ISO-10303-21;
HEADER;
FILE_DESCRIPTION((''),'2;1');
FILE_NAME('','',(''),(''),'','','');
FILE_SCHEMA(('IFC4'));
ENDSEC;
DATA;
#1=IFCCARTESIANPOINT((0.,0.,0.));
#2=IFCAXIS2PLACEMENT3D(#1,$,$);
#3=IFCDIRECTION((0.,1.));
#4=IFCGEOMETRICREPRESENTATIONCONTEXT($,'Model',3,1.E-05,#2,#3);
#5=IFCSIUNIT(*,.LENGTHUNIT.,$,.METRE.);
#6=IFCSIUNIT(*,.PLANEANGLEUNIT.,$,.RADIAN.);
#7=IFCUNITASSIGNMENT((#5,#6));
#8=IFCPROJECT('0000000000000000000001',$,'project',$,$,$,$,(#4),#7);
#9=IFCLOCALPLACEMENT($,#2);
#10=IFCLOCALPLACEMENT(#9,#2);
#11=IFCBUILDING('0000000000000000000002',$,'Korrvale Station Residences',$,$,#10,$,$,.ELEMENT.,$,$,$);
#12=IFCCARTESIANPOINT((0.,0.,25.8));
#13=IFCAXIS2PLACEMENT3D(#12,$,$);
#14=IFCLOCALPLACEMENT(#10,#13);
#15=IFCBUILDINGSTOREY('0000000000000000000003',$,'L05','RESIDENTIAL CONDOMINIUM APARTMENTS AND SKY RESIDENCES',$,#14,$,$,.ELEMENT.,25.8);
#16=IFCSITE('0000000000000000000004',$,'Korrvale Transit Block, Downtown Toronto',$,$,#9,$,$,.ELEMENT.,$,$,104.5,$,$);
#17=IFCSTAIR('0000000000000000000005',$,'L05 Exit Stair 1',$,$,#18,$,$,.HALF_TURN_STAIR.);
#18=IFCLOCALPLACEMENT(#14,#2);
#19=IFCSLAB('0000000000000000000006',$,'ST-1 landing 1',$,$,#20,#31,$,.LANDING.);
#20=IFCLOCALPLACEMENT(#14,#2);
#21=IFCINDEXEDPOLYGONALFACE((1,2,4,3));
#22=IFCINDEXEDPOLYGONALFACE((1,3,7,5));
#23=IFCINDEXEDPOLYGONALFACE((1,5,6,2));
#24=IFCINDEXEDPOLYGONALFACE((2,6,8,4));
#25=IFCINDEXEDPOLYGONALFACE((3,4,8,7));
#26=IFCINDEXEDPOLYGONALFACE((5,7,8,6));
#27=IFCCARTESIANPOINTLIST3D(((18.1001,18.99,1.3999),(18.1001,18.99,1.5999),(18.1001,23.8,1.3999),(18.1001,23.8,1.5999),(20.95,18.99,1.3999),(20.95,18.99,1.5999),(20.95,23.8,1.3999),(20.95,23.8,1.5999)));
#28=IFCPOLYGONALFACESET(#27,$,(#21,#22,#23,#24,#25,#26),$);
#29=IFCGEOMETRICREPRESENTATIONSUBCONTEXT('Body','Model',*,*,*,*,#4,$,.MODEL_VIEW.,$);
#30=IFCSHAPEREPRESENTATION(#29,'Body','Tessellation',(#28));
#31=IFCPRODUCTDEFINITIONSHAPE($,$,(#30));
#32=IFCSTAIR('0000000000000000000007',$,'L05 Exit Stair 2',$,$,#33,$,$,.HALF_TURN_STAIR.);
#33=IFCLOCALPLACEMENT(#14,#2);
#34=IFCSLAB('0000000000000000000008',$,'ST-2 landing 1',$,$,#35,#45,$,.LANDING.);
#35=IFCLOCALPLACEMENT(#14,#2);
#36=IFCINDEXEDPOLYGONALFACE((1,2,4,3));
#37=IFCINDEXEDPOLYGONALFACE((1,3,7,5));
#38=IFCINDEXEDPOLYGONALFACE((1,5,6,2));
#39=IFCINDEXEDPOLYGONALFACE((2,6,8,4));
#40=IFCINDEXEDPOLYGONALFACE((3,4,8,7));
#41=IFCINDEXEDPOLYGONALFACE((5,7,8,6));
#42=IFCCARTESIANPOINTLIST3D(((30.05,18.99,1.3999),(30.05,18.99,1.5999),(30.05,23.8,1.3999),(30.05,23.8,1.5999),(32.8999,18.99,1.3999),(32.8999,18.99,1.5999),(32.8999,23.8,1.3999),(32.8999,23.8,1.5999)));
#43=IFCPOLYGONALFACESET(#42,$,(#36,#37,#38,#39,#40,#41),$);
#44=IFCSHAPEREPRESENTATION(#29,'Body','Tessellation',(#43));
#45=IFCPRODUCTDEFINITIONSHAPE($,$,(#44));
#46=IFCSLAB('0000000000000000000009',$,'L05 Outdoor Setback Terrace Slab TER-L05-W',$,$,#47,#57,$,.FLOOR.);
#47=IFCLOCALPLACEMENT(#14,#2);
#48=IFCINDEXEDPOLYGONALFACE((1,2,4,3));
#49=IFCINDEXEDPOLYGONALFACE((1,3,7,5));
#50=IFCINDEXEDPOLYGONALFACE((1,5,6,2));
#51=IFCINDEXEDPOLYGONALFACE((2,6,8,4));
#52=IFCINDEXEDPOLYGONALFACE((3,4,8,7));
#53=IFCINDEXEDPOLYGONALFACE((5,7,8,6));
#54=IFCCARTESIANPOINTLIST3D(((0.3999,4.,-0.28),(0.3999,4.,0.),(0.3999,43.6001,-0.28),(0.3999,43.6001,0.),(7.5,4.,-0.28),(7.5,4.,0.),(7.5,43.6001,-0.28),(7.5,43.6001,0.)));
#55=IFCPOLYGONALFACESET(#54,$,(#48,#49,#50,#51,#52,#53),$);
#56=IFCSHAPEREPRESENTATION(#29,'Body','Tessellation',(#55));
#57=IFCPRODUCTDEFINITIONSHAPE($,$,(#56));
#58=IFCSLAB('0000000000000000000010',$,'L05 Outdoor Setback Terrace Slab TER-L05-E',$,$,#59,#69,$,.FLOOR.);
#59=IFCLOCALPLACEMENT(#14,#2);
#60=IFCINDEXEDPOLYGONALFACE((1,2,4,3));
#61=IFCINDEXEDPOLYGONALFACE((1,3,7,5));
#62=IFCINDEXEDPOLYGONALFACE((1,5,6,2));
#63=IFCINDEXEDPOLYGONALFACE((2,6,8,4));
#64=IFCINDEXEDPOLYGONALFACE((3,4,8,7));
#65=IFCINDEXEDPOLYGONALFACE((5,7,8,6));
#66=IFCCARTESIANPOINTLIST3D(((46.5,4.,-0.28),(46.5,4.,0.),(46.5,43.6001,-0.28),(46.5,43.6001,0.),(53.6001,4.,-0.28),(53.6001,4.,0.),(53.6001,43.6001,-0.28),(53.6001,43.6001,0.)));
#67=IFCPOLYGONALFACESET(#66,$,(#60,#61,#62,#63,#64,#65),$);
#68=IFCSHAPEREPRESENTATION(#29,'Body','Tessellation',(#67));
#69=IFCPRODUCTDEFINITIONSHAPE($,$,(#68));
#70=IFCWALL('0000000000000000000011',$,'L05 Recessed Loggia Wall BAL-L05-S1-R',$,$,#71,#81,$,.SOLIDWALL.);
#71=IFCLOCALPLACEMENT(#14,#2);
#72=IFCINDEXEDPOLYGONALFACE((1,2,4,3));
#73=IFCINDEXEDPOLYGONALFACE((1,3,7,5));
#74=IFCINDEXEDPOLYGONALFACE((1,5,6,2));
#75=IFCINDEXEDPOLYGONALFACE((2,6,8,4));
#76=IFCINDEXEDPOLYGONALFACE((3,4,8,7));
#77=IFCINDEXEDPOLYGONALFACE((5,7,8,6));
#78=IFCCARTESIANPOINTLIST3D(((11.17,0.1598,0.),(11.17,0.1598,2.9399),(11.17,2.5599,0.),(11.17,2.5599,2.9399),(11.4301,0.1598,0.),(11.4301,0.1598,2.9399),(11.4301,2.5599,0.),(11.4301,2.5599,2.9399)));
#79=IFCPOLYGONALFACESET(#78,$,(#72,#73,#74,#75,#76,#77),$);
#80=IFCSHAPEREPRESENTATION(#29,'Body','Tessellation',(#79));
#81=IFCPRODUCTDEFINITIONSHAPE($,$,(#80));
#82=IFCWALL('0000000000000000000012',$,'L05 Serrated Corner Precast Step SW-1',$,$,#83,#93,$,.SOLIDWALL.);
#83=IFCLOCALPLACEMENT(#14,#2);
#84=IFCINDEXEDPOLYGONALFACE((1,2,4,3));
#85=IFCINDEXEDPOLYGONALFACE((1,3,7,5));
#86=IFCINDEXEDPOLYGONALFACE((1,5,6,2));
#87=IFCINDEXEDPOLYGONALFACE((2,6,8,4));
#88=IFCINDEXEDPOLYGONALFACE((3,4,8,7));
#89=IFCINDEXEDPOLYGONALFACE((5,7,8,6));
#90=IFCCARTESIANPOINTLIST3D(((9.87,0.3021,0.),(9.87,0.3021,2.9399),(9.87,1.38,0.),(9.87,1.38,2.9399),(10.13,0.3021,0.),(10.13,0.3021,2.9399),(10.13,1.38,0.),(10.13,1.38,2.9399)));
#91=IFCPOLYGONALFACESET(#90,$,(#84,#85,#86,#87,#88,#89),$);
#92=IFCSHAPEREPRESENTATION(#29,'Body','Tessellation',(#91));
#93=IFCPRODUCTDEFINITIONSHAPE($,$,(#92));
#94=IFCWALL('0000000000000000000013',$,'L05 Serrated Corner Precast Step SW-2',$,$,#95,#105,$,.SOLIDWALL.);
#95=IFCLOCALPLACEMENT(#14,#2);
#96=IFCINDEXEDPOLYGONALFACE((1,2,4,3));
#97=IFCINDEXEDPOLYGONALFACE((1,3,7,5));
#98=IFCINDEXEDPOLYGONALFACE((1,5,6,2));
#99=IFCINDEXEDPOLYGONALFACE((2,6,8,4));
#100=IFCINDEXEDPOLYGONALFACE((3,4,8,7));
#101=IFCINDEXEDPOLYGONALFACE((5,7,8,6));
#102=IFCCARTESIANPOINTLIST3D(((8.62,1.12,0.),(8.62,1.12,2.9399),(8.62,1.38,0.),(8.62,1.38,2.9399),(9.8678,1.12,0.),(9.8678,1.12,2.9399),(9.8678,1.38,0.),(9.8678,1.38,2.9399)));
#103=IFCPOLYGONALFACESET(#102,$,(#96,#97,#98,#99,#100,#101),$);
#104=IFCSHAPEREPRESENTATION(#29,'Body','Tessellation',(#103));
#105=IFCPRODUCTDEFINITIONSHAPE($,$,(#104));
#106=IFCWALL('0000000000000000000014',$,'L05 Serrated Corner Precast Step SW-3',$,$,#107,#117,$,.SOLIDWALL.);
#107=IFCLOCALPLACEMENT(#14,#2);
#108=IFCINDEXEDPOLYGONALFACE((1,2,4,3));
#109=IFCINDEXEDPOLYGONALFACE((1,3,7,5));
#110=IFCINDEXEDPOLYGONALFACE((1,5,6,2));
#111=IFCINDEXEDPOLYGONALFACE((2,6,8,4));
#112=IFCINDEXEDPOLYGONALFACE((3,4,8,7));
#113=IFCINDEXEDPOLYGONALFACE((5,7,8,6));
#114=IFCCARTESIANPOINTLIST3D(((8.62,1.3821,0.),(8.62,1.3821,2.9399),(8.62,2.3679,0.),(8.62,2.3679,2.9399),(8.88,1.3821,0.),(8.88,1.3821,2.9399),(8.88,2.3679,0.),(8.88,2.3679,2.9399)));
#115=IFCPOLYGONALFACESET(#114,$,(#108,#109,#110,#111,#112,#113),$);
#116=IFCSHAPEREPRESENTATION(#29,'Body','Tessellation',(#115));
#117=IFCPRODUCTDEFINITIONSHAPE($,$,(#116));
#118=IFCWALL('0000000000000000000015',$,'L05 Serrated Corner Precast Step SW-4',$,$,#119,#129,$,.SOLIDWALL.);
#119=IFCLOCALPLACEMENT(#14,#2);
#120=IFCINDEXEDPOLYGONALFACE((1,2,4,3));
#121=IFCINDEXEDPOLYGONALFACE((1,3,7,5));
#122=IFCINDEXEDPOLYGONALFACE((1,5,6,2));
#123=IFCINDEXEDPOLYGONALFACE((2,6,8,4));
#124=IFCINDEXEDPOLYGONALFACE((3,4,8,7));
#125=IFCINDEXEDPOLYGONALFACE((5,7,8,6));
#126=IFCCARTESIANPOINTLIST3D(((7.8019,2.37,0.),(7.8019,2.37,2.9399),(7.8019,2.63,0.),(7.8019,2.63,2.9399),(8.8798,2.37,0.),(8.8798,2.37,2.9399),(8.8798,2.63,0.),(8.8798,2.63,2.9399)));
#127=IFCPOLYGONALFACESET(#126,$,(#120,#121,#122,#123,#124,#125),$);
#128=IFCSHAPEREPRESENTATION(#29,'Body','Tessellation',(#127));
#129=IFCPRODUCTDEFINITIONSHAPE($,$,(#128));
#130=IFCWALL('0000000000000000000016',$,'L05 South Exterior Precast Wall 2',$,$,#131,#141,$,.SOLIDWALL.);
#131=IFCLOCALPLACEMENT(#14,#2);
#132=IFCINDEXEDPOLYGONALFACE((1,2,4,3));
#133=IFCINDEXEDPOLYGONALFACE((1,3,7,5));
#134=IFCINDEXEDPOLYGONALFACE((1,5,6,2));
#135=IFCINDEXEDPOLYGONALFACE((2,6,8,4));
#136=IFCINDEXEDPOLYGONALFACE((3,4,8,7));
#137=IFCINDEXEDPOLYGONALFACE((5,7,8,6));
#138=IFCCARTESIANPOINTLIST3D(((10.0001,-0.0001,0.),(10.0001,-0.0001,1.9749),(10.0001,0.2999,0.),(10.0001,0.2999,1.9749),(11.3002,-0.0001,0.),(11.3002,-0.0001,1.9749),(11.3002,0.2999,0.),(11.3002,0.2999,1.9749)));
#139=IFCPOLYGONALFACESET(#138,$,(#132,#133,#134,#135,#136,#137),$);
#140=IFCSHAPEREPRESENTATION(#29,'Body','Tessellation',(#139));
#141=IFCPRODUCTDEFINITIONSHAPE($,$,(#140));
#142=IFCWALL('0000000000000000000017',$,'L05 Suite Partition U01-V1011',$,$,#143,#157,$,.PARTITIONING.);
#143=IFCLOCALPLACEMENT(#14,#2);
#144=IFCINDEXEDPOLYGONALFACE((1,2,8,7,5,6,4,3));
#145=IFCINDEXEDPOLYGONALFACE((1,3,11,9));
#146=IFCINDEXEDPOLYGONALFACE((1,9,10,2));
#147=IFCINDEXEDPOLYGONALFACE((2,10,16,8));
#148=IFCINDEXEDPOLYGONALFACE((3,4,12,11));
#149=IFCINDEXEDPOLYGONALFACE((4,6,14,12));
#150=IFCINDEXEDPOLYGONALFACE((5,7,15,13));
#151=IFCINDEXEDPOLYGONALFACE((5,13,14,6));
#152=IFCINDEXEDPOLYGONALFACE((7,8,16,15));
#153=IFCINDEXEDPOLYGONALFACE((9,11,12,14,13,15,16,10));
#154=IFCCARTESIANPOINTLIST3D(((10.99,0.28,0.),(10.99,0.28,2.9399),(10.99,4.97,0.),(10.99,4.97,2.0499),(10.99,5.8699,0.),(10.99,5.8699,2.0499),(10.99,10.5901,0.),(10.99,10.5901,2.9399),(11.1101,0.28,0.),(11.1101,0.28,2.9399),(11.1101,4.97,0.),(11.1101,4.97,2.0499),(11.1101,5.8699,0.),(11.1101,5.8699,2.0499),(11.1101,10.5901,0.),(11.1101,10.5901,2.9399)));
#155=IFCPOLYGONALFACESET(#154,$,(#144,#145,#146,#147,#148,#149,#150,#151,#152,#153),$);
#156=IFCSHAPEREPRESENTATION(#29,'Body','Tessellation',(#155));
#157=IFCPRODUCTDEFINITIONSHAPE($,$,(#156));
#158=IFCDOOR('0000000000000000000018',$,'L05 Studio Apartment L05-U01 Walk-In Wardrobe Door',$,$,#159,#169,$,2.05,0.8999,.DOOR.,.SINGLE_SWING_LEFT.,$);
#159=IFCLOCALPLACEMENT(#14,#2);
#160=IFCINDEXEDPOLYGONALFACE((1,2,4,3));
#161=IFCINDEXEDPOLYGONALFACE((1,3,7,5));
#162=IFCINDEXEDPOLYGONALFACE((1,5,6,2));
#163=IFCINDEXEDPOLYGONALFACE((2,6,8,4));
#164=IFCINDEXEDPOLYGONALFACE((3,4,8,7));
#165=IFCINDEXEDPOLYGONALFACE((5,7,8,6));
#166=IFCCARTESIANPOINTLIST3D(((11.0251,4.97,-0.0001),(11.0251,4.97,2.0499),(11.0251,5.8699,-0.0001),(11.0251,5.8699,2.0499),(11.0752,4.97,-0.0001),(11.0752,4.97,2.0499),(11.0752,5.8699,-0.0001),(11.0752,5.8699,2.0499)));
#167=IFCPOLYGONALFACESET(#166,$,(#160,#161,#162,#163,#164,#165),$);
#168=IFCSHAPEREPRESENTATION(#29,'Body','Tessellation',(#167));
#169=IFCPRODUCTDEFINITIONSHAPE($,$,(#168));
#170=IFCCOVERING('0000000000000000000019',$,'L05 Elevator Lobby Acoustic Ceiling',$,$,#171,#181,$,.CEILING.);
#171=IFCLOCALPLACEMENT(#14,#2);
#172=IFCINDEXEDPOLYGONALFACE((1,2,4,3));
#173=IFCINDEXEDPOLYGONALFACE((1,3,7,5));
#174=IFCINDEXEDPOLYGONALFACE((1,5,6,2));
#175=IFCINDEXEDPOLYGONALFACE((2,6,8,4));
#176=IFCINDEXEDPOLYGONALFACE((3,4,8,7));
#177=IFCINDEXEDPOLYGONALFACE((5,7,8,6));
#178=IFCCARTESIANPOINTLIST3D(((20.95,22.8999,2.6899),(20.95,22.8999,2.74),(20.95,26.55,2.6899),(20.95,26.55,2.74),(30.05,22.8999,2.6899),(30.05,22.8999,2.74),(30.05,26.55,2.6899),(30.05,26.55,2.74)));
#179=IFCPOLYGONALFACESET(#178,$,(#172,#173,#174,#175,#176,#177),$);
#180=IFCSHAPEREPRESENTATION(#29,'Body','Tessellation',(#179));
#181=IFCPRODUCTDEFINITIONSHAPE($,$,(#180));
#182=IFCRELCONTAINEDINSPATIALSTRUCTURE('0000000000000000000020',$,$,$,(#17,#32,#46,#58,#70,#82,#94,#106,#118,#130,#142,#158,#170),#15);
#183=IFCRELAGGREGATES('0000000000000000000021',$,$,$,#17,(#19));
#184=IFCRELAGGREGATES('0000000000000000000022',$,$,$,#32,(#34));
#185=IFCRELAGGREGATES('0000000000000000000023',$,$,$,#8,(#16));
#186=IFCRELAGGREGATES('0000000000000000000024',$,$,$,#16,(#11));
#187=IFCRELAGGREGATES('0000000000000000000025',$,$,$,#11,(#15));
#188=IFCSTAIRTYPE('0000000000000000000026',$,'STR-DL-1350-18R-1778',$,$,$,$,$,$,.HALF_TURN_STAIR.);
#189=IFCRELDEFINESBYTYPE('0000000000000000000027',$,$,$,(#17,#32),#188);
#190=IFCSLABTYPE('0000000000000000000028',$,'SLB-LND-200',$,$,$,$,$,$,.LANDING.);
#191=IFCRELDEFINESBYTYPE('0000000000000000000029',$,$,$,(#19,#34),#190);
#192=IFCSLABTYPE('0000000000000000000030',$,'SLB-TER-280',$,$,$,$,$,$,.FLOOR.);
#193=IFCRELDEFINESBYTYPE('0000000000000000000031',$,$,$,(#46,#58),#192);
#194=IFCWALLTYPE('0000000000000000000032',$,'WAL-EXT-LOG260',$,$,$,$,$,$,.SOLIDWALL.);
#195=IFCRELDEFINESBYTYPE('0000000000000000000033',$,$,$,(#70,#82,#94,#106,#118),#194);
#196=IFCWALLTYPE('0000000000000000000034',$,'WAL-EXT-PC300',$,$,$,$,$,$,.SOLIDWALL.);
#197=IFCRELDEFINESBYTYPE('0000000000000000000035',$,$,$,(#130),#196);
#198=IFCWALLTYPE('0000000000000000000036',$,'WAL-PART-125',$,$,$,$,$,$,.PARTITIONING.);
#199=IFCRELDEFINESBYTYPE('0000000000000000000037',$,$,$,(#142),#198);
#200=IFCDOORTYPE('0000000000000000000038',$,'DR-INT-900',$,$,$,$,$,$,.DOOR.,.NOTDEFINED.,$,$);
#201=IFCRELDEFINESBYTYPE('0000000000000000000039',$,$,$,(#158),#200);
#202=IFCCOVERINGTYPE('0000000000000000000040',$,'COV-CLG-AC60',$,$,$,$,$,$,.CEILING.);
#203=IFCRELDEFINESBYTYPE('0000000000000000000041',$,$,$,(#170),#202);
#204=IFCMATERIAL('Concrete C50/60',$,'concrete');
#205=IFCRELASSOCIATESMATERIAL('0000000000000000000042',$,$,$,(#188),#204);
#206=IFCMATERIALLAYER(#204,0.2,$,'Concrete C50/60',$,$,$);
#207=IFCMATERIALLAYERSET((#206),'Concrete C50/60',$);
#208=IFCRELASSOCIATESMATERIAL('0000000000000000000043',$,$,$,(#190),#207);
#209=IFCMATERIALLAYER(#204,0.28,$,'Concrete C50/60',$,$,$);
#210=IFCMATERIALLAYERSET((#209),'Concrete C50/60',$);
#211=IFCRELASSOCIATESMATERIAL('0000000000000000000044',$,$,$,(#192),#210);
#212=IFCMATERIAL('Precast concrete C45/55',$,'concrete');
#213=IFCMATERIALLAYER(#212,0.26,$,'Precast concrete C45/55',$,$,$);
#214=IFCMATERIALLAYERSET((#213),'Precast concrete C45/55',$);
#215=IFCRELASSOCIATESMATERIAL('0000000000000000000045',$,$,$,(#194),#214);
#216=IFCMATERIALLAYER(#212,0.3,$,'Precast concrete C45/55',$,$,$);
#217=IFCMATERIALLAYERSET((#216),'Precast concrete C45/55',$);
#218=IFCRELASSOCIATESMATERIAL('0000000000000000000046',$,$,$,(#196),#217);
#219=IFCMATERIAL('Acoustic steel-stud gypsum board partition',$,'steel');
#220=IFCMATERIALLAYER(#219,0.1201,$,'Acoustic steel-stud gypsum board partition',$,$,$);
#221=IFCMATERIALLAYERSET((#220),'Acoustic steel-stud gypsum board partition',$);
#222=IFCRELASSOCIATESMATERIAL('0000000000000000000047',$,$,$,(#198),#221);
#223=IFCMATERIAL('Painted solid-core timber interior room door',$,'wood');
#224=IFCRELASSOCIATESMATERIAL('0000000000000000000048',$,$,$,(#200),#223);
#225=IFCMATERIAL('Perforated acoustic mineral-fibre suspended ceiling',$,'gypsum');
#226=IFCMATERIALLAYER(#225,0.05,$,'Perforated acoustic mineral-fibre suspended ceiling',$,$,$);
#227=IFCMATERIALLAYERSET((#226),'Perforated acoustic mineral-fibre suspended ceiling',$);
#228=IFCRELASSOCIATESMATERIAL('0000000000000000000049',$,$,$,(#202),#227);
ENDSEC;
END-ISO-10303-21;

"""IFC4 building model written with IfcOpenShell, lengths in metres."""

from ifc_helpers import new_model, si_unit, direction, frame, frame_2d, origin, place, context, subcontext, project, spatial, polyline, rectangle, outline, extrude, material, layer, layer_set, type_object, element, fill, aggregate, save


model = new_model("IFC4")

# Units and contexts
model_context = context("Model", 3, precision=1e-05, world=origin(), true_north=direction((0.0, 1.0)))
body_context = subcontext(model_context, "Body", "Model", "MODEL_VIEW")
ifc_project = project(units=[si_unit("LENGTHUNIT", "METRE"), si_unit("PLANEANGLEUNIT", "RADIAN")], contexts=[model_context])

# Site, building, storey
site_placement = place(None, origin())
site = spatial("IfcSite", under=ifc_project, at=site_placement, Name="Korrvale Transit Block, Downtown Toronto", CompositionType="ELEMENT", RefElevation=104.5)
building_placement = place(site_placement, origin())
building = spatial("IfcBuilding", under=site, at=building_placement, Name="Korrvale Station Residences", CompositionType="ELEMENT")
storey_placement = place(building_placement, frame((0.0, 0.0, 25.8)))
storey = spatial("IfcBuildingStorey", under=building, at=storey_placement, Name="L05", Description="RESIDENTIAL CONDOMINIUM APARTMENTS AND SKY RESIDENCES", CompositionType="ELEMENT", Elevation=25.8)

# Shared definitions
ifc_material_1 = material(Name="Concrete C50/60", Category="concrete")

# Stairs, slabs
stair_type = type_object("IfcStairType", Name="STR-DL-1350-18R-1778", PredefinedType="HALF_TURN_STAIR", material=ifc_material_1)
stair_1_placement = place(storey_placement, origin())
stair_1 = element("IfcStair", 1, at=stair_1_placement, inside=storey, type_object=stair_type, Name="L05 Exit Stair 1", PredefinedType="HALF_TURN_STAIR")
ifc_layer_1 = layer(ifc_material_1, 0.2, Name="Concrete C50/60")
ifc_layer_set_1 = layer_set([ifc_layer_1], Name="Concrete C50/60")
slab_type_1 = type_object("IfcSlabType", Name="SLB-LND-200", PredefinedType="LANDING", material=ifc_layer_set_1)
slab_1_placement = place(storey_placement, frame((0.0, 0.0, 1.3999)))
slab_1 = element("IfcSlab", 2, at=slab_1_placement, type_object=slab_type_1, Name="ST-1 landing 1", PredefinedType="LANDING", context=body_context, shape_type="SweptSolid", body=[
    extrude(outline(polyline([(20.95, 18.99), (20.95, 23.8), (18.1001, 23.8), (18.1001, 18.99), (20.95, 18.99)])), origin(), (0.0, 0.0, 1.0), 0.2),
])
aggregate(stair_1, [slab_1])
stair_2_placement = place(storey_placement, origin())
stair_2 = element("IfcStair", 3, at=stair_2_placement, inside=storey, type_object=stair_type, Name="L05 Exit Stair 2", PredefinedType="HALF_TURN_STAIR")
slab_2_placement = place(storey_placement, frame((0.0, 0.0, 1.3999)))
slab_2 = element("IfcSlab", 4, at=slab_2_placement, type_object=slab_type_1, Name="ST-2 landing 1", PredefinedType="LANDING", context=body_context, shape_type="SweptSolid", body=[
    extrude(outline(polyline([(32.8999, 18.99), (32.8999, 23.8), (30.05, 23.8), (30.05, 18.99), (32.8999, 18.99)])), origin(), (0.0, 0.0, 1.0), 0.2),
])
aggregate(stair_2, [slab_2])

# Slabs
ifc_layer_2 = layer(ifc_material_1, 0.28, Name="Concrete C50/60")
ifc_layer_set_2 = layer_set([ifc_layer_2], Name="Concrete C50/60")
slab_type_2 = type_object("IfcSlabType", Name="SLB-TER-280", PredefinedType="FLOOR", material=ifc_layer_set_2)
slab_3_placement = place(storey_placement, frame((0.0, 0.0, -0.28)))
element("IfcSlab", 5, at=slab_3_placement, inside=storey, type_object=slab_type_2, Name="L05 Outdoor Setback Terrace Slab TER-L05-W", PredefinedType="FLOOR", context=body_context, shape_type="SweptSolid", body=[
    extrude(outline(polyline([(0.3999, 4.0), (7.5, 4.0), (7.5, 43.6001), (0.3999, 43.6001), (0.3999, 4.0)])), origin(), (0.0, 0.0, 1.0), 0.28),
])
slab_4_placement = place(storey_placement, frame((0.0, 0.0, -0.28)))
element("IfcSlab", 6, at=slab_4_placement, inside=storey, type_object=slab_type_2, Name="L05 Outdoor Setback Terrace Slab TER-L05-E", PredefinedType="FLOOR", context=body_context, shape_type="SweptSolid", body=[
    extrude(outline(polyline([(46.5, 4.0), (53.6001, 4.0), (53.6001, 43.6001), (46.5, 43.6001), (46.5, 4.0)])), origin(), (0.0, 0.0, 1.0), 0.28),
])

# Walls
ifc_material_2 = material(Name="Precast concrete C45/55", Category="concrete")
ifc_layer_3 = layer(ifc_material_2, 0.26, Name="Precast concrete C45/55")
ifc_layer_set_3 = layer_set([ifc_layer_3], Name="Precast concrete C45/55")
wall_type_1 = type_object("IfcWallType", Name="WAL-EXT-LOG260", PredefinedType="SOLIDWALL", material=ifc_layer_set_3)
wall_1_placement = place(storey_placement, frame((11.3, 2.5601, 0.0), z_axis=(0.0, 0.0, 1.0), x_axis=(0.0, -1.0, 0.0)))
element("IfcWall", 7, at=wall_1_placement, inside=storey, type_object=wall_type_1, Name="L05 Recessed Loggia Wall BAL-L05-S1-R", PredefinedType="SOLIDWALL", context=body_context, shape_type="SweptSolid", body=[
    extrude(rectangle(XDim=2.4001, YDim=0.26, at=frame_2d((1.2002, 0.0))), origin(), (0.0, 0.0, 1.0), 2.9399),
])
wall_2_placement = place(storey_placement, frame((10.0, 0.302, 0.0), z_axis=(0.0, 0.0, 1.0), x_axis=(0.0, 1.0, 0.0)))
element("IfcWall", 8, at=wall_2_placement, inside=storey, type_object=wall_type_1, Name="L05 Serrated Corner Precast Step SW-1", PredefinedType="SOLIDWALL", context=body_context, shape_type="SweptSolid", body=[
    extrude(rectangle(XDim=1.0779, YDim=0.26, at=frame_2d((0.5391, 0.0))), origin(), (0.0, 0.0, 1.0), 2.9399),
])
wall_3_placement = place(storey_placement, frame((9.8679, 1.25, 0.0), z_axis=(0.0, 0.0, 1.0), x_axis=(-1.0, 0.0, 0.0)))
element("IfcWall", 9, at=wall_3_placement, inside=storey, type_object=wall_type_1, Name="L05 Serrated Corner Precast Step SW-2", PredefinedType="SOLIDWALL", context=body_context, shape_type="SweptSolid", body=[
    extrude(rectangle(XDim=1.2478, YDim=0.26, at=frame_2d((0.624, 0.0))), origin(), (0.0, 0.0, 1.0), 2.9399),
])
wall_4_placement = place(storey_placement, frame((8.75, 1.3821, 0.0), z_axis=(0.0, 0.0, 1.0), x_axis=(0.0, 1.0, 0.0)))
element("IfcWall", 10, at=wall_4_placement, inside=storey, type_object=wall_type_1, Name="L05 Serrated Corner Precast Step SW-3", PredefinedType="SOLIDWALL", context=body_context, shape_type="SweptSolid", body=[
    extrude(rectangle(XDim=0.9858, YDim=0.26, at=frame_2d((0.4929, 0.0))), origin(), (0.0, 0.0, 1.0), 2.9399),
])
wall_5_placement = place(storey_placement, frame((8.8799, 2.5, 0.0), z_axis=(0.0, 0.0, 1.0), x_axis=(-1.0, 0.0, 0.0)))
element("IfcWall", 11, at=wall_5_placement, inside=storey, type_object=wall_type_1, Name="L05 Serrated Corner Precast Step SW-4", PredefinedType="SOLIDWALL", context=body_context, shape_type="SweptSolid", body=[
    extrude(rectangle(XDim=1.0779, YDim=0.26, at=frame_2d((0.5391, 0.0))), origin(), (0.0, 0.0, 1.0), 2.9399),
])
ifc_layer_4 = layer(ifc_material_2, 0.3, Name="Precast concrete C45/55")
ifc_layer_set_4 = layer_set([ifc_layer_4], Name="Precast concrete C45/55")
wall_type_2 = type_object("IfcWallType", Name="WAL-EXT-PC300", PredefinedType="SOLIDWALL", material=ifc_layer_set_4)
wall_6_placement = place(storey_placement, frame((11.3, 0.1499, 0.0), z_axis=(0.0, 0.0, 1.0), x_axis=(-1.0, 0.0, 0.0)))
element("IfcWall", 12, at=wall_6_placement, inside=storey, type_object=wall_type_2, Name="L05 South Exterior Precast Wall 2", PredefinedType="SOLIDWALL", context=body_context, shape_type="SweptSolid", body=[
    extrude(rectangle(XDim=1.3, YDim=0.3, at=frame_2d((0.6499, 0.0))), origin(), (0.0, 0.0, 1.0), 1.9749),
])

# Wall, opening, door
ifc_material_3 = material(Name="Acoustic steel-stud gypsum board partition", Category="steel")
ifc_layer_5 = layer(ifc_material_3, 0.1201, Name="Acoustic steel-stud gypsum board partition")
ifc_layer_set_5 = layer_set([ifc_layer_5], Name="Acoustic steel-stud gypsum board partition")
wall_type_3 = type_object("IfcWallType", Name="WAL-PART-125", PredefinedType="PARTITIONING", material=ifc_layer_set_5)
wall_7_placement = place(storey_placement, frame((11.05, 0.28, 0.0), z_axis=(0.0, 0.0, 1.0), x_axis=(0.0, 1.0, 0.0)))
wall_7 = element("IfcWall", 13, at=wall_7_placement, inside=storey, type_object=wall_type_3, Name="L05 Suite Partition U01-V1011", PredefinedType="PARTITIONING", context=body_context, shape_type="SweptSolid", body=[
    extrude(rectangle(XDim=10.3101, YDim=0.1201, at=frame_2d((5.155, 0.0))), origin(), (0.0, 0.0, 1.0), 2.9399),
])
opening_1_placement = place(wall_7_placement, frame((4.6899, 0.0, 0.0)))
opening_1 = element("IfcOpeningElement", 14, at=opening_1_placement, cuts=wall_7, PredefinedType="OPENING", context=body_context, shape_type="SweptSolid", body=[
    extrude(rectangle(XDim=0.8999, YDim=2.05, at=frame_2d((0.45, 1.0249))), frame((0.0, 0.0701, 0.0), z_axis=(0.0, -1.0, 0.0), x_axis=(1.0, 0.0, 0.0)), (0.0, 0.0, 1.0), 0.1401),
])
ifc_material_4 = material(Name="Painted solid-core timber interior room door", Category="wood")
door_type_1 = type_object("IfcDoorType", Name="DR-INT-900", OperationType="NOTDEFINED", PredefinedType="DOOR", material=ifc_material_4)
door_1_placement = place(opening_1_placement, origin())
door_1 = element("IfcDoor", 15, at=door_1_placement, inside=storey, type_object=door_type_1, Name="L05 Studio Apartment L05-U01 Walk-In Wardrobe Door", OperationType="SINGLE_SWING_LEFT", OverallHeight=2.05, OverallWidth=0.8999, PredefinedType="DOOR", context=body_context, shape_type="SweptSolid", body=[
    extrude(rectangle(XDim=0.8999, YDim=2.05, at=frame_2d((0.45, 1.0249))), frame((0.0, 0.0249, 0.0), z_axis=(0.0, -1.0, 0.0), x_axis=(1.0, 0.0, 0.0)), (0.0, 0.0, 1.0), 0.05),
])
fill(opening_1, door_1)

# Covering
ifc_material_5 = material(Name="Perforated acoustic mineral-fibre suspended ceiling", Category="gypsum")
ifc_layer_6 = layer(ifc_material_5, 0.05, Name="Perforated acoustic mineral-fibre suspended ceiling")
ifc_layer_set_6 = layer_set([ifc_layer_6], Name="Perforated acoustic mineral-fibre suspended ceiling")
covering_type_1 = type_object("IfcCoveringType", Name="COV-CLG-AC60", PredefinedType="CEILING", material=ifc_layer_set_6)
covering_1_placement = place(storey_placement, frame((0.0, 0.0, 2.6899)))
element("IfcCovering", 16, at=covering_1_placement, inside=storey, type_object=covering_type_1, Name="L05 Elevator Lobby Acoustic Ceiling", PredefinedType="CEILING", context=body_context, shape_type="SweptSolid", body=[
    extrude(outline(polyline([(20.95, 22.8999), (30.05, 22.8999), (30.05, 26.55), (20.95, 26.55), (20.95, 22.8999)])), origin(), (0.0, 0.0, 1.0), 0.05),
])

save(model, "model.ifc")
